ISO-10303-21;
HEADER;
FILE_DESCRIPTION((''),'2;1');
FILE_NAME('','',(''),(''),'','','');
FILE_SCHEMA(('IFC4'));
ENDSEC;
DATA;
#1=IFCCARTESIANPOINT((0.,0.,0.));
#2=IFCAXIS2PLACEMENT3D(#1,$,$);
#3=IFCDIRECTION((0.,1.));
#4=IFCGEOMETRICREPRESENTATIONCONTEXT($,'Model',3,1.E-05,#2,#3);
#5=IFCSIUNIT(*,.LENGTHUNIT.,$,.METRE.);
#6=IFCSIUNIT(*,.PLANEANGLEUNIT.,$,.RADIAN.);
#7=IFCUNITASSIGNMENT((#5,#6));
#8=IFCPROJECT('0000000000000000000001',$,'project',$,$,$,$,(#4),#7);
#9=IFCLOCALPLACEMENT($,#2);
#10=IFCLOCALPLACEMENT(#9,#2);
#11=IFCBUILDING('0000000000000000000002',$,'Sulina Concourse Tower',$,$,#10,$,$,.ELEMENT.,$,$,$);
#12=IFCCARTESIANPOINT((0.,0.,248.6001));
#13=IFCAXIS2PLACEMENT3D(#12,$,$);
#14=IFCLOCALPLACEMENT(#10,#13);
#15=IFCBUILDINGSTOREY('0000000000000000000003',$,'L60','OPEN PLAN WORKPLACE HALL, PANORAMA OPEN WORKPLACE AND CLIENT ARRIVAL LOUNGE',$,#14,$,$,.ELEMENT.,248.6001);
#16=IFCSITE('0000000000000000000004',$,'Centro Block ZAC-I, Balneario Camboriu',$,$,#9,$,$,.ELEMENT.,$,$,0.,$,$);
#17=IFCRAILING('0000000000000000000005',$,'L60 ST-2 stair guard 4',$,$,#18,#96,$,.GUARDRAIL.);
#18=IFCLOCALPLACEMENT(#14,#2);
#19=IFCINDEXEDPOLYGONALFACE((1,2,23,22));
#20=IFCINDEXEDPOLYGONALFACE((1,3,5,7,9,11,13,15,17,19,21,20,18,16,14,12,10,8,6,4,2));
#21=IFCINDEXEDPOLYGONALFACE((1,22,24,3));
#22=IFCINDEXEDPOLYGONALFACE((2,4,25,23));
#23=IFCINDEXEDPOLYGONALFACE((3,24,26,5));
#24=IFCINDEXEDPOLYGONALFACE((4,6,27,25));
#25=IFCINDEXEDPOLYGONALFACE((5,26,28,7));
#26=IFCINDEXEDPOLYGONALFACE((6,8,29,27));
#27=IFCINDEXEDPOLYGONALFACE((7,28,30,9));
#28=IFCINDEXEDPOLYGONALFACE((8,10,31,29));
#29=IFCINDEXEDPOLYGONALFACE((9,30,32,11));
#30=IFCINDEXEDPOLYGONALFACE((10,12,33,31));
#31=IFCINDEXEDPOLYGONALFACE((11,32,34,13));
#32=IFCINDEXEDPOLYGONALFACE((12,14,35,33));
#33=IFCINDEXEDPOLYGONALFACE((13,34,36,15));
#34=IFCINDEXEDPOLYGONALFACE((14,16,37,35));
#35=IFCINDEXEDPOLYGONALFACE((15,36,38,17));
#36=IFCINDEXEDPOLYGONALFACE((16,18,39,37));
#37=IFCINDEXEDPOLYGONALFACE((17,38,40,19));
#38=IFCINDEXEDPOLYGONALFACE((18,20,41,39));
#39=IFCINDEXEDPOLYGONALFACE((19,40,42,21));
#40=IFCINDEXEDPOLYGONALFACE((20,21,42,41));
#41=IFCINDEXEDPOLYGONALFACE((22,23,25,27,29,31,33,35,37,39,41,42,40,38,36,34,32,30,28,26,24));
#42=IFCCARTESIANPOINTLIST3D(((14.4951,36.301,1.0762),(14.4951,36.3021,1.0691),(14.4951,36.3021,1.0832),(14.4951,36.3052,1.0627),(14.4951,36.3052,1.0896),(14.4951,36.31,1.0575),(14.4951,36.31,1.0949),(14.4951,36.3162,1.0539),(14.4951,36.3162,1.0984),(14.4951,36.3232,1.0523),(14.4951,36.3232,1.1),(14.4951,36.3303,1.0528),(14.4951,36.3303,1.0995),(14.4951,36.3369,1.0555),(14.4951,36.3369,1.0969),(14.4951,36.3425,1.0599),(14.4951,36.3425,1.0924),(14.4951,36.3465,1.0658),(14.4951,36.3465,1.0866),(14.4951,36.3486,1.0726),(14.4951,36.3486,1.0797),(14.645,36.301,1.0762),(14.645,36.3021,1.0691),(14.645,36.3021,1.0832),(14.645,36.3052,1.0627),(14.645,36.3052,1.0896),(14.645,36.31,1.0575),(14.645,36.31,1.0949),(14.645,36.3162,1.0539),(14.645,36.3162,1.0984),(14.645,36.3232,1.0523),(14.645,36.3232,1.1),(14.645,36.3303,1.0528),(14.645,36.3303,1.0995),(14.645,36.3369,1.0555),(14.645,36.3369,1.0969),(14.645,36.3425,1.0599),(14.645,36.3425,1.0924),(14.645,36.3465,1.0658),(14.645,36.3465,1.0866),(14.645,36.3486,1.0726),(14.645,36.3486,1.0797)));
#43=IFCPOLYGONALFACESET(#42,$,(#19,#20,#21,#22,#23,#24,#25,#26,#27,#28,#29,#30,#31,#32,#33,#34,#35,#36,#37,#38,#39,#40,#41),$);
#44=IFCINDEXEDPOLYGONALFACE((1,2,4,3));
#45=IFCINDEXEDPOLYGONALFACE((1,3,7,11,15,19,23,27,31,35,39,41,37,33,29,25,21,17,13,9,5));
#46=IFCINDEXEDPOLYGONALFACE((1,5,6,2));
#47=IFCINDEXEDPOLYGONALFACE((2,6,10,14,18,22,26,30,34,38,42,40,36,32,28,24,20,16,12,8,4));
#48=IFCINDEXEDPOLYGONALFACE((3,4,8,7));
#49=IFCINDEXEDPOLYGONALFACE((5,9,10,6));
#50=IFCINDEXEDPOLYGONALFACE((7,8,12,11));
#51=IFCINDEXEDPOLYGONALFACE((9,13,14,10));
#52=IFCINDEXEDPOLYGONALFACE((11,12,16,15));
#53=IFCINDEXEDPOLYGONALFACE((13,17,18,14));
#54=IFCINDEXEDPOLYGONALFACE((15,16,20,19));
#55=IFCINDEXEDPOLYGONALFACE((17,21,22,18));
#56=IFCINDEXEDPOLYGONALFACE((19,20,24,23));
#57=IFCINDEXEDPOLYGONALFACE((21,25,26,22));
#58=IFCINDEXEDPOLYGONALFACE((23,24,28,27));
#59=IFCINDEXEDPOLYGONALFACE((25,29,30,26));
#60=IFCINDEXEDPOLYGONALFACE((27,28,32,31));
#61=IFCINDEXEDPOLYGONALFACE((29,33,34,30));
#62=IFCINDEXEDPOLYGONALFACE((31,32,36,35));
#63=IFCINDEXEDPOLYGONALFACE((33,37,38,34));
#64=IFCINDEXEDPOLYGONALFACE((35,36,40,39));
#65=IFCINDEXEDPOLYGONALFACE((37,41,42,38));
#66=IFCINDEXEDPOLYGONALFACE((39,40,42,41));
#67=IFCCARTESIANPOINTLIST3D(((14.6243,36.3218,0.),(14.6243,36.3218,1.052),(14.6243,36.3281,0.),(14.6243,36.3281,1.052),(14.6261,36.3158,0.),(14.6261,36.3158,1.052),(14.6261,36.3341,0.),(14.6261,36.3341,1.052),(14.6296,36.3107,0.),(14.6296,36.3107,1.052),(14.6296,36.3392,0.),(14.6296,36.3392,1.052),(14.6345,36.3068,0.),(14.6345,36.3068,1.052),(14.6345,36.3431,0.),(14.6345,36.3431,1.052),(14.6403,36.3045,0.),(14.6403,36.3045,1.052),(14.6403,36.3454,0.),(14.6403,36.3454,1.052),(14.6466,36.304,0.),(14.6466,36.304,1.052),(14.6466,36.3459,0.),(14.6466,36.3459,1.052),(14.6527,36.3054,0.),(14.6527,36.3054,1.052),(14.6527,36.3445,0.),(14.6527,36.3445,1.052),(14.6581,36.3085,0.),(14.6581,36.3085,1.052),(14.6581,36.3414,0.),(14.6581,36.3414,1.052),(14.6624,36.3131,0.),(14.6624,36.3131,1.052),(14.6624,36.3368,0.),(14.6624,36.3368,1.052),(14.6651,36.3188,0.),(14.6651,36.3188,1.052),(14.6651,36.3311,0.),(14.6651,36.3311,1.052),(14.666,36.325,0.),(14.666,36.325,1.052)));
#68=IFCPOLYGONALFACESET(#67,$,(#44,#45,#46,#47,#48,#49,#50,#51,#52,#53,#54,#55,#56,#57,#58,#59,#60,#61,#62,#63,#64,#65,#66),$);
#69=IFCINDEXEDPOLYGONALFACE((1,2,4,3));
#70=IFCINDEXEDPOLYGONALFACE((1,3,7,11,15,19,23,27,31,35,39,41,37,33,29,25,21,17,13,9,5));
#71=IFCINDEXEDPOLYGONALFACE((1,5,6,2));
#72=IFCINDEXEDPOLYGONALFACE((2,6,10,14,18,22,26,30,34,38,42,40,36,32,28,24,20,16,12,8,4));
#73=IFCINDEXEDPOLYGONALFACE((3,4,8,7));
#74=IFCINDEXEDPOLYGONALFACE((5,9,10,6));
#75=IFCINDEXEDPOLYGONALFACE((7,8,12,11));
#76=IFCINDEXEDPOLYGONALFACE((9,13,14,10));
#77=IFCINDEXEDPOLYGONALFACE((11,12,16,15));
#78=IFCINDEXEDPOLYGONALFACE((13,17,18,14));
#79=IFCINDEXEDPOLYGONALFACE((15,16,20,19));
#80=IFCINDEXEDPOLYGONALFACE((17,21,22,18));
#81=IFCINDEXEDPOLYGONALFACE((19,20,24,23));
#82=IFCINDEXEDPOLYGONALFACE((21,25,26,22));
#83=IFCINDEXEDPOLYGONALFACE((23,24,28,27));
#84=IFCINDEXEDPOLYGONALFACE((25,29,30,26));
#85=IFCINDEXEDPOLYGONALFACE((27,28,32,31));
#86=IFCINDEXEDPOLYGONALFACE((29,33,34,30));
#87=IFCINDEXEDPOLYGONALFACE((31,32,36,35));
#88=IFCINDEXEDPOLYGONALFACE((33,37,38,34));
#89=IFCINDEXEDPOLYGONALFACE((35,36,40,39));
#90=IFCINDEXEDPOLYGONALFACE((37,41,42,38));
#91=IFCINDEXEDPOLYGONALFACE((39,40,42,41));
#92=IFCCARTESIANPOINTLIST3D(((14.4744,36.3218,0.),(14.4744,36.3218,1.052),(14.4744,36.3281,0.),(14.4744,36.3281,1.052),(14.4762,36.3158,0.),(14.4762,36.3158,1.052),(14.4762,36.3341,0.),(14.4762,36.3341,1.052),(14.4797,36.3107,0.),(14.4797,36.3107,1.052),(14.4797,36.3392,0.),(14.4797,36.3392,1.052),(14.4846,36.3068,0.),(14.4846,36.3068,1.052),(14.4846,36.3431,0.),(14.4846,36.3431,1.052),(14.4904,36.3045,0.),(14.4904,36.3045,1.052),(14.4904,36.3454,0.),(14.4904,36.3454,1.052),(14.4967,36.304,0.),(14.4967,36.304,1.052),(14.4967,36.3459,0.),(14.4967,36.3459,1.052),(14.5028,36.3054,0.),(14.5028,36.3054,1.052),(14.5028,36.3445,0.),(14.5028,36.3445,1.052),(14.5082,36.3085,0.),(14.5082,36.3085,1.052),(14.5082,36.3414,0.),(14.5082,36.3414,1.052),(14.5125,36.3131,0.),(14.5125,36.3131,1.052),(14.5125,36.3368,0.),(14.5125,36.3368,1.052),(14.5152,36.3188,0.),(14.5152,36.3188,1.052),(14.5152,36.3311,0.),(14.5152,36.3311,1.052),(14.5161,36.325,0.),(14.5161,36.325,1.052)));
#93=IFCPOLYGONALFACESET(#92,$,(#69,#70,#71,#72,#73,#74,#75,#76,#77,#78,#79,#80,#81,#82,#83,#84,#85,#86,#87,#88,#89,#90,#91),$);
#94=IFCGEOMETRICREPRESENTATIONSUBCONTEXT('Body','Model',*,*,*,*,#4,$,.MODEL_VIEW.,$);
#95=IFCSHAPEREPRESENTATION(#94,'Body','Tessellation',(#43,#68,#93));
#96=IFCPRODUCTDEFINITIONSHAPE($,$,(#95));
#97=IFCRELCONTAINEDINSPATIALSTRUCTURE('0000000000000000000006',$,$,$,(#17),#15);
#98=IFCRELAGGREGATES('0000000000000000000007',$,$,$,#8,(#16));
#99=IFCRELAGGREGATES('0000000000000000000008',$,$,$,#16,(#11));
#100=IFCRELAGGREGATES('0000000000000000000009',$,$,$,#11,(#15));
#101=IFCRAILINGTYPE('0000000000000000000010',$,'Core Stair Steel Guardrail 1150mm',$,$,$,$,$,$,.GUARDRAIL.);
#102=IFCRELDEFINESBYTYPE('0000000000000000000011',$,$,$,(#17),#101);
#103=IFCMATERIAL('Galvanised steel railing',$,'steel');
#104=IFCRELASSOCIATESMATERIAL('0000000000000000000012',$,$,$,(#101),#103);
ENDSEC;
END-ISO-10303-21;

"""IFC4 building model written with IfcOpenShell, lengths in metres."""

from ifc_helpers import new_model, si_unit, direction, frame, origin, origin_2d, place, context, subcontext, project, spatial, circle, extrude, material, type_object, element, save


model = new_model("IFC4")

# Units and contexts
model_context = context("Model", 3, precision=1e-05, world=origin(), true_north=direction((0.0, 1.0)))
body_context = subcontext(model_context, "Body", "Model", "MODEL_VIEW")
ifc_project = project(units=[si_unit("LENGTHUNIT", "METRE"), si_unit("PLANEANGLEUNIT", "RADIAN")], contexts=[model_context])

# Site, building, storey
site_placement = place(None, origin())
site = spatial("IfcSite", under=ifc_project, at=site_placement, Name="Centro Block ZAC-I, Balneario Camboriu", CompositionType="ELEMENT", RefElevation=0.0)
building_placement = place(site_placement, origin())
building = spatial("IfcBuilding", under=site, at=building_placement, Name="Sulina Concourse Tower", CompositionType="ELEMENT")
storey_placement = place(building_placement, frame((0.0, 0.0, 248.6001)))
storey = spatial("IfcBuildingStorey", under=building, at=storey_placement, Name="L60", Description="OPEN PLAN WORKPLACE HALL, PANORAMA OPEN WORKPLACE AND CLIENT ARRIVAL LOUNGE", CompositionType="ELEMENT", Elevation=248.6001)

# Railing
ifc_material_1 = material(Name="Galvanised steel railing", Category="steel")
railing_type_1 = type_object("IfcRailingType", Name="Core Stair Steel Guardrail 1150mm", PredefinedType="GUARDRAIL", material=ifc_material_1)
railing_1_placement = place(storey_placement, frame((14.645, 36.325, 0.0)))
element("IfcRailing", 1, at=railing_1_placement, inside=storey, type_object=railing_type_1, Name="L60 ST-2 stair guard 4", PredefinedType="GUARDRAIL", context=body_context, shape_type="SweptSolid", body=[
    extrude(circle(Radius=0.0239, at=origin_2d()), frame((0.0, 0.0, 1.0762), z_axis=(-1.0, 0.0, 0.0), x_axis=(0.0, -1.0, 0.0)), (0.0, 0.0, 1.0), 0.1499),
    extrude(circle(Radius=0.021, at=origin_2d()), origin(), (0.0, 0.0, 1.0), 1.052),
    extrude(circle(Radius=0.021, at=origin_2d()), frame((-0.1499, 0.0, 0.0)), (0.0, 0.0, 1.0), 1.052),
])

save(model, "model.ifc")
